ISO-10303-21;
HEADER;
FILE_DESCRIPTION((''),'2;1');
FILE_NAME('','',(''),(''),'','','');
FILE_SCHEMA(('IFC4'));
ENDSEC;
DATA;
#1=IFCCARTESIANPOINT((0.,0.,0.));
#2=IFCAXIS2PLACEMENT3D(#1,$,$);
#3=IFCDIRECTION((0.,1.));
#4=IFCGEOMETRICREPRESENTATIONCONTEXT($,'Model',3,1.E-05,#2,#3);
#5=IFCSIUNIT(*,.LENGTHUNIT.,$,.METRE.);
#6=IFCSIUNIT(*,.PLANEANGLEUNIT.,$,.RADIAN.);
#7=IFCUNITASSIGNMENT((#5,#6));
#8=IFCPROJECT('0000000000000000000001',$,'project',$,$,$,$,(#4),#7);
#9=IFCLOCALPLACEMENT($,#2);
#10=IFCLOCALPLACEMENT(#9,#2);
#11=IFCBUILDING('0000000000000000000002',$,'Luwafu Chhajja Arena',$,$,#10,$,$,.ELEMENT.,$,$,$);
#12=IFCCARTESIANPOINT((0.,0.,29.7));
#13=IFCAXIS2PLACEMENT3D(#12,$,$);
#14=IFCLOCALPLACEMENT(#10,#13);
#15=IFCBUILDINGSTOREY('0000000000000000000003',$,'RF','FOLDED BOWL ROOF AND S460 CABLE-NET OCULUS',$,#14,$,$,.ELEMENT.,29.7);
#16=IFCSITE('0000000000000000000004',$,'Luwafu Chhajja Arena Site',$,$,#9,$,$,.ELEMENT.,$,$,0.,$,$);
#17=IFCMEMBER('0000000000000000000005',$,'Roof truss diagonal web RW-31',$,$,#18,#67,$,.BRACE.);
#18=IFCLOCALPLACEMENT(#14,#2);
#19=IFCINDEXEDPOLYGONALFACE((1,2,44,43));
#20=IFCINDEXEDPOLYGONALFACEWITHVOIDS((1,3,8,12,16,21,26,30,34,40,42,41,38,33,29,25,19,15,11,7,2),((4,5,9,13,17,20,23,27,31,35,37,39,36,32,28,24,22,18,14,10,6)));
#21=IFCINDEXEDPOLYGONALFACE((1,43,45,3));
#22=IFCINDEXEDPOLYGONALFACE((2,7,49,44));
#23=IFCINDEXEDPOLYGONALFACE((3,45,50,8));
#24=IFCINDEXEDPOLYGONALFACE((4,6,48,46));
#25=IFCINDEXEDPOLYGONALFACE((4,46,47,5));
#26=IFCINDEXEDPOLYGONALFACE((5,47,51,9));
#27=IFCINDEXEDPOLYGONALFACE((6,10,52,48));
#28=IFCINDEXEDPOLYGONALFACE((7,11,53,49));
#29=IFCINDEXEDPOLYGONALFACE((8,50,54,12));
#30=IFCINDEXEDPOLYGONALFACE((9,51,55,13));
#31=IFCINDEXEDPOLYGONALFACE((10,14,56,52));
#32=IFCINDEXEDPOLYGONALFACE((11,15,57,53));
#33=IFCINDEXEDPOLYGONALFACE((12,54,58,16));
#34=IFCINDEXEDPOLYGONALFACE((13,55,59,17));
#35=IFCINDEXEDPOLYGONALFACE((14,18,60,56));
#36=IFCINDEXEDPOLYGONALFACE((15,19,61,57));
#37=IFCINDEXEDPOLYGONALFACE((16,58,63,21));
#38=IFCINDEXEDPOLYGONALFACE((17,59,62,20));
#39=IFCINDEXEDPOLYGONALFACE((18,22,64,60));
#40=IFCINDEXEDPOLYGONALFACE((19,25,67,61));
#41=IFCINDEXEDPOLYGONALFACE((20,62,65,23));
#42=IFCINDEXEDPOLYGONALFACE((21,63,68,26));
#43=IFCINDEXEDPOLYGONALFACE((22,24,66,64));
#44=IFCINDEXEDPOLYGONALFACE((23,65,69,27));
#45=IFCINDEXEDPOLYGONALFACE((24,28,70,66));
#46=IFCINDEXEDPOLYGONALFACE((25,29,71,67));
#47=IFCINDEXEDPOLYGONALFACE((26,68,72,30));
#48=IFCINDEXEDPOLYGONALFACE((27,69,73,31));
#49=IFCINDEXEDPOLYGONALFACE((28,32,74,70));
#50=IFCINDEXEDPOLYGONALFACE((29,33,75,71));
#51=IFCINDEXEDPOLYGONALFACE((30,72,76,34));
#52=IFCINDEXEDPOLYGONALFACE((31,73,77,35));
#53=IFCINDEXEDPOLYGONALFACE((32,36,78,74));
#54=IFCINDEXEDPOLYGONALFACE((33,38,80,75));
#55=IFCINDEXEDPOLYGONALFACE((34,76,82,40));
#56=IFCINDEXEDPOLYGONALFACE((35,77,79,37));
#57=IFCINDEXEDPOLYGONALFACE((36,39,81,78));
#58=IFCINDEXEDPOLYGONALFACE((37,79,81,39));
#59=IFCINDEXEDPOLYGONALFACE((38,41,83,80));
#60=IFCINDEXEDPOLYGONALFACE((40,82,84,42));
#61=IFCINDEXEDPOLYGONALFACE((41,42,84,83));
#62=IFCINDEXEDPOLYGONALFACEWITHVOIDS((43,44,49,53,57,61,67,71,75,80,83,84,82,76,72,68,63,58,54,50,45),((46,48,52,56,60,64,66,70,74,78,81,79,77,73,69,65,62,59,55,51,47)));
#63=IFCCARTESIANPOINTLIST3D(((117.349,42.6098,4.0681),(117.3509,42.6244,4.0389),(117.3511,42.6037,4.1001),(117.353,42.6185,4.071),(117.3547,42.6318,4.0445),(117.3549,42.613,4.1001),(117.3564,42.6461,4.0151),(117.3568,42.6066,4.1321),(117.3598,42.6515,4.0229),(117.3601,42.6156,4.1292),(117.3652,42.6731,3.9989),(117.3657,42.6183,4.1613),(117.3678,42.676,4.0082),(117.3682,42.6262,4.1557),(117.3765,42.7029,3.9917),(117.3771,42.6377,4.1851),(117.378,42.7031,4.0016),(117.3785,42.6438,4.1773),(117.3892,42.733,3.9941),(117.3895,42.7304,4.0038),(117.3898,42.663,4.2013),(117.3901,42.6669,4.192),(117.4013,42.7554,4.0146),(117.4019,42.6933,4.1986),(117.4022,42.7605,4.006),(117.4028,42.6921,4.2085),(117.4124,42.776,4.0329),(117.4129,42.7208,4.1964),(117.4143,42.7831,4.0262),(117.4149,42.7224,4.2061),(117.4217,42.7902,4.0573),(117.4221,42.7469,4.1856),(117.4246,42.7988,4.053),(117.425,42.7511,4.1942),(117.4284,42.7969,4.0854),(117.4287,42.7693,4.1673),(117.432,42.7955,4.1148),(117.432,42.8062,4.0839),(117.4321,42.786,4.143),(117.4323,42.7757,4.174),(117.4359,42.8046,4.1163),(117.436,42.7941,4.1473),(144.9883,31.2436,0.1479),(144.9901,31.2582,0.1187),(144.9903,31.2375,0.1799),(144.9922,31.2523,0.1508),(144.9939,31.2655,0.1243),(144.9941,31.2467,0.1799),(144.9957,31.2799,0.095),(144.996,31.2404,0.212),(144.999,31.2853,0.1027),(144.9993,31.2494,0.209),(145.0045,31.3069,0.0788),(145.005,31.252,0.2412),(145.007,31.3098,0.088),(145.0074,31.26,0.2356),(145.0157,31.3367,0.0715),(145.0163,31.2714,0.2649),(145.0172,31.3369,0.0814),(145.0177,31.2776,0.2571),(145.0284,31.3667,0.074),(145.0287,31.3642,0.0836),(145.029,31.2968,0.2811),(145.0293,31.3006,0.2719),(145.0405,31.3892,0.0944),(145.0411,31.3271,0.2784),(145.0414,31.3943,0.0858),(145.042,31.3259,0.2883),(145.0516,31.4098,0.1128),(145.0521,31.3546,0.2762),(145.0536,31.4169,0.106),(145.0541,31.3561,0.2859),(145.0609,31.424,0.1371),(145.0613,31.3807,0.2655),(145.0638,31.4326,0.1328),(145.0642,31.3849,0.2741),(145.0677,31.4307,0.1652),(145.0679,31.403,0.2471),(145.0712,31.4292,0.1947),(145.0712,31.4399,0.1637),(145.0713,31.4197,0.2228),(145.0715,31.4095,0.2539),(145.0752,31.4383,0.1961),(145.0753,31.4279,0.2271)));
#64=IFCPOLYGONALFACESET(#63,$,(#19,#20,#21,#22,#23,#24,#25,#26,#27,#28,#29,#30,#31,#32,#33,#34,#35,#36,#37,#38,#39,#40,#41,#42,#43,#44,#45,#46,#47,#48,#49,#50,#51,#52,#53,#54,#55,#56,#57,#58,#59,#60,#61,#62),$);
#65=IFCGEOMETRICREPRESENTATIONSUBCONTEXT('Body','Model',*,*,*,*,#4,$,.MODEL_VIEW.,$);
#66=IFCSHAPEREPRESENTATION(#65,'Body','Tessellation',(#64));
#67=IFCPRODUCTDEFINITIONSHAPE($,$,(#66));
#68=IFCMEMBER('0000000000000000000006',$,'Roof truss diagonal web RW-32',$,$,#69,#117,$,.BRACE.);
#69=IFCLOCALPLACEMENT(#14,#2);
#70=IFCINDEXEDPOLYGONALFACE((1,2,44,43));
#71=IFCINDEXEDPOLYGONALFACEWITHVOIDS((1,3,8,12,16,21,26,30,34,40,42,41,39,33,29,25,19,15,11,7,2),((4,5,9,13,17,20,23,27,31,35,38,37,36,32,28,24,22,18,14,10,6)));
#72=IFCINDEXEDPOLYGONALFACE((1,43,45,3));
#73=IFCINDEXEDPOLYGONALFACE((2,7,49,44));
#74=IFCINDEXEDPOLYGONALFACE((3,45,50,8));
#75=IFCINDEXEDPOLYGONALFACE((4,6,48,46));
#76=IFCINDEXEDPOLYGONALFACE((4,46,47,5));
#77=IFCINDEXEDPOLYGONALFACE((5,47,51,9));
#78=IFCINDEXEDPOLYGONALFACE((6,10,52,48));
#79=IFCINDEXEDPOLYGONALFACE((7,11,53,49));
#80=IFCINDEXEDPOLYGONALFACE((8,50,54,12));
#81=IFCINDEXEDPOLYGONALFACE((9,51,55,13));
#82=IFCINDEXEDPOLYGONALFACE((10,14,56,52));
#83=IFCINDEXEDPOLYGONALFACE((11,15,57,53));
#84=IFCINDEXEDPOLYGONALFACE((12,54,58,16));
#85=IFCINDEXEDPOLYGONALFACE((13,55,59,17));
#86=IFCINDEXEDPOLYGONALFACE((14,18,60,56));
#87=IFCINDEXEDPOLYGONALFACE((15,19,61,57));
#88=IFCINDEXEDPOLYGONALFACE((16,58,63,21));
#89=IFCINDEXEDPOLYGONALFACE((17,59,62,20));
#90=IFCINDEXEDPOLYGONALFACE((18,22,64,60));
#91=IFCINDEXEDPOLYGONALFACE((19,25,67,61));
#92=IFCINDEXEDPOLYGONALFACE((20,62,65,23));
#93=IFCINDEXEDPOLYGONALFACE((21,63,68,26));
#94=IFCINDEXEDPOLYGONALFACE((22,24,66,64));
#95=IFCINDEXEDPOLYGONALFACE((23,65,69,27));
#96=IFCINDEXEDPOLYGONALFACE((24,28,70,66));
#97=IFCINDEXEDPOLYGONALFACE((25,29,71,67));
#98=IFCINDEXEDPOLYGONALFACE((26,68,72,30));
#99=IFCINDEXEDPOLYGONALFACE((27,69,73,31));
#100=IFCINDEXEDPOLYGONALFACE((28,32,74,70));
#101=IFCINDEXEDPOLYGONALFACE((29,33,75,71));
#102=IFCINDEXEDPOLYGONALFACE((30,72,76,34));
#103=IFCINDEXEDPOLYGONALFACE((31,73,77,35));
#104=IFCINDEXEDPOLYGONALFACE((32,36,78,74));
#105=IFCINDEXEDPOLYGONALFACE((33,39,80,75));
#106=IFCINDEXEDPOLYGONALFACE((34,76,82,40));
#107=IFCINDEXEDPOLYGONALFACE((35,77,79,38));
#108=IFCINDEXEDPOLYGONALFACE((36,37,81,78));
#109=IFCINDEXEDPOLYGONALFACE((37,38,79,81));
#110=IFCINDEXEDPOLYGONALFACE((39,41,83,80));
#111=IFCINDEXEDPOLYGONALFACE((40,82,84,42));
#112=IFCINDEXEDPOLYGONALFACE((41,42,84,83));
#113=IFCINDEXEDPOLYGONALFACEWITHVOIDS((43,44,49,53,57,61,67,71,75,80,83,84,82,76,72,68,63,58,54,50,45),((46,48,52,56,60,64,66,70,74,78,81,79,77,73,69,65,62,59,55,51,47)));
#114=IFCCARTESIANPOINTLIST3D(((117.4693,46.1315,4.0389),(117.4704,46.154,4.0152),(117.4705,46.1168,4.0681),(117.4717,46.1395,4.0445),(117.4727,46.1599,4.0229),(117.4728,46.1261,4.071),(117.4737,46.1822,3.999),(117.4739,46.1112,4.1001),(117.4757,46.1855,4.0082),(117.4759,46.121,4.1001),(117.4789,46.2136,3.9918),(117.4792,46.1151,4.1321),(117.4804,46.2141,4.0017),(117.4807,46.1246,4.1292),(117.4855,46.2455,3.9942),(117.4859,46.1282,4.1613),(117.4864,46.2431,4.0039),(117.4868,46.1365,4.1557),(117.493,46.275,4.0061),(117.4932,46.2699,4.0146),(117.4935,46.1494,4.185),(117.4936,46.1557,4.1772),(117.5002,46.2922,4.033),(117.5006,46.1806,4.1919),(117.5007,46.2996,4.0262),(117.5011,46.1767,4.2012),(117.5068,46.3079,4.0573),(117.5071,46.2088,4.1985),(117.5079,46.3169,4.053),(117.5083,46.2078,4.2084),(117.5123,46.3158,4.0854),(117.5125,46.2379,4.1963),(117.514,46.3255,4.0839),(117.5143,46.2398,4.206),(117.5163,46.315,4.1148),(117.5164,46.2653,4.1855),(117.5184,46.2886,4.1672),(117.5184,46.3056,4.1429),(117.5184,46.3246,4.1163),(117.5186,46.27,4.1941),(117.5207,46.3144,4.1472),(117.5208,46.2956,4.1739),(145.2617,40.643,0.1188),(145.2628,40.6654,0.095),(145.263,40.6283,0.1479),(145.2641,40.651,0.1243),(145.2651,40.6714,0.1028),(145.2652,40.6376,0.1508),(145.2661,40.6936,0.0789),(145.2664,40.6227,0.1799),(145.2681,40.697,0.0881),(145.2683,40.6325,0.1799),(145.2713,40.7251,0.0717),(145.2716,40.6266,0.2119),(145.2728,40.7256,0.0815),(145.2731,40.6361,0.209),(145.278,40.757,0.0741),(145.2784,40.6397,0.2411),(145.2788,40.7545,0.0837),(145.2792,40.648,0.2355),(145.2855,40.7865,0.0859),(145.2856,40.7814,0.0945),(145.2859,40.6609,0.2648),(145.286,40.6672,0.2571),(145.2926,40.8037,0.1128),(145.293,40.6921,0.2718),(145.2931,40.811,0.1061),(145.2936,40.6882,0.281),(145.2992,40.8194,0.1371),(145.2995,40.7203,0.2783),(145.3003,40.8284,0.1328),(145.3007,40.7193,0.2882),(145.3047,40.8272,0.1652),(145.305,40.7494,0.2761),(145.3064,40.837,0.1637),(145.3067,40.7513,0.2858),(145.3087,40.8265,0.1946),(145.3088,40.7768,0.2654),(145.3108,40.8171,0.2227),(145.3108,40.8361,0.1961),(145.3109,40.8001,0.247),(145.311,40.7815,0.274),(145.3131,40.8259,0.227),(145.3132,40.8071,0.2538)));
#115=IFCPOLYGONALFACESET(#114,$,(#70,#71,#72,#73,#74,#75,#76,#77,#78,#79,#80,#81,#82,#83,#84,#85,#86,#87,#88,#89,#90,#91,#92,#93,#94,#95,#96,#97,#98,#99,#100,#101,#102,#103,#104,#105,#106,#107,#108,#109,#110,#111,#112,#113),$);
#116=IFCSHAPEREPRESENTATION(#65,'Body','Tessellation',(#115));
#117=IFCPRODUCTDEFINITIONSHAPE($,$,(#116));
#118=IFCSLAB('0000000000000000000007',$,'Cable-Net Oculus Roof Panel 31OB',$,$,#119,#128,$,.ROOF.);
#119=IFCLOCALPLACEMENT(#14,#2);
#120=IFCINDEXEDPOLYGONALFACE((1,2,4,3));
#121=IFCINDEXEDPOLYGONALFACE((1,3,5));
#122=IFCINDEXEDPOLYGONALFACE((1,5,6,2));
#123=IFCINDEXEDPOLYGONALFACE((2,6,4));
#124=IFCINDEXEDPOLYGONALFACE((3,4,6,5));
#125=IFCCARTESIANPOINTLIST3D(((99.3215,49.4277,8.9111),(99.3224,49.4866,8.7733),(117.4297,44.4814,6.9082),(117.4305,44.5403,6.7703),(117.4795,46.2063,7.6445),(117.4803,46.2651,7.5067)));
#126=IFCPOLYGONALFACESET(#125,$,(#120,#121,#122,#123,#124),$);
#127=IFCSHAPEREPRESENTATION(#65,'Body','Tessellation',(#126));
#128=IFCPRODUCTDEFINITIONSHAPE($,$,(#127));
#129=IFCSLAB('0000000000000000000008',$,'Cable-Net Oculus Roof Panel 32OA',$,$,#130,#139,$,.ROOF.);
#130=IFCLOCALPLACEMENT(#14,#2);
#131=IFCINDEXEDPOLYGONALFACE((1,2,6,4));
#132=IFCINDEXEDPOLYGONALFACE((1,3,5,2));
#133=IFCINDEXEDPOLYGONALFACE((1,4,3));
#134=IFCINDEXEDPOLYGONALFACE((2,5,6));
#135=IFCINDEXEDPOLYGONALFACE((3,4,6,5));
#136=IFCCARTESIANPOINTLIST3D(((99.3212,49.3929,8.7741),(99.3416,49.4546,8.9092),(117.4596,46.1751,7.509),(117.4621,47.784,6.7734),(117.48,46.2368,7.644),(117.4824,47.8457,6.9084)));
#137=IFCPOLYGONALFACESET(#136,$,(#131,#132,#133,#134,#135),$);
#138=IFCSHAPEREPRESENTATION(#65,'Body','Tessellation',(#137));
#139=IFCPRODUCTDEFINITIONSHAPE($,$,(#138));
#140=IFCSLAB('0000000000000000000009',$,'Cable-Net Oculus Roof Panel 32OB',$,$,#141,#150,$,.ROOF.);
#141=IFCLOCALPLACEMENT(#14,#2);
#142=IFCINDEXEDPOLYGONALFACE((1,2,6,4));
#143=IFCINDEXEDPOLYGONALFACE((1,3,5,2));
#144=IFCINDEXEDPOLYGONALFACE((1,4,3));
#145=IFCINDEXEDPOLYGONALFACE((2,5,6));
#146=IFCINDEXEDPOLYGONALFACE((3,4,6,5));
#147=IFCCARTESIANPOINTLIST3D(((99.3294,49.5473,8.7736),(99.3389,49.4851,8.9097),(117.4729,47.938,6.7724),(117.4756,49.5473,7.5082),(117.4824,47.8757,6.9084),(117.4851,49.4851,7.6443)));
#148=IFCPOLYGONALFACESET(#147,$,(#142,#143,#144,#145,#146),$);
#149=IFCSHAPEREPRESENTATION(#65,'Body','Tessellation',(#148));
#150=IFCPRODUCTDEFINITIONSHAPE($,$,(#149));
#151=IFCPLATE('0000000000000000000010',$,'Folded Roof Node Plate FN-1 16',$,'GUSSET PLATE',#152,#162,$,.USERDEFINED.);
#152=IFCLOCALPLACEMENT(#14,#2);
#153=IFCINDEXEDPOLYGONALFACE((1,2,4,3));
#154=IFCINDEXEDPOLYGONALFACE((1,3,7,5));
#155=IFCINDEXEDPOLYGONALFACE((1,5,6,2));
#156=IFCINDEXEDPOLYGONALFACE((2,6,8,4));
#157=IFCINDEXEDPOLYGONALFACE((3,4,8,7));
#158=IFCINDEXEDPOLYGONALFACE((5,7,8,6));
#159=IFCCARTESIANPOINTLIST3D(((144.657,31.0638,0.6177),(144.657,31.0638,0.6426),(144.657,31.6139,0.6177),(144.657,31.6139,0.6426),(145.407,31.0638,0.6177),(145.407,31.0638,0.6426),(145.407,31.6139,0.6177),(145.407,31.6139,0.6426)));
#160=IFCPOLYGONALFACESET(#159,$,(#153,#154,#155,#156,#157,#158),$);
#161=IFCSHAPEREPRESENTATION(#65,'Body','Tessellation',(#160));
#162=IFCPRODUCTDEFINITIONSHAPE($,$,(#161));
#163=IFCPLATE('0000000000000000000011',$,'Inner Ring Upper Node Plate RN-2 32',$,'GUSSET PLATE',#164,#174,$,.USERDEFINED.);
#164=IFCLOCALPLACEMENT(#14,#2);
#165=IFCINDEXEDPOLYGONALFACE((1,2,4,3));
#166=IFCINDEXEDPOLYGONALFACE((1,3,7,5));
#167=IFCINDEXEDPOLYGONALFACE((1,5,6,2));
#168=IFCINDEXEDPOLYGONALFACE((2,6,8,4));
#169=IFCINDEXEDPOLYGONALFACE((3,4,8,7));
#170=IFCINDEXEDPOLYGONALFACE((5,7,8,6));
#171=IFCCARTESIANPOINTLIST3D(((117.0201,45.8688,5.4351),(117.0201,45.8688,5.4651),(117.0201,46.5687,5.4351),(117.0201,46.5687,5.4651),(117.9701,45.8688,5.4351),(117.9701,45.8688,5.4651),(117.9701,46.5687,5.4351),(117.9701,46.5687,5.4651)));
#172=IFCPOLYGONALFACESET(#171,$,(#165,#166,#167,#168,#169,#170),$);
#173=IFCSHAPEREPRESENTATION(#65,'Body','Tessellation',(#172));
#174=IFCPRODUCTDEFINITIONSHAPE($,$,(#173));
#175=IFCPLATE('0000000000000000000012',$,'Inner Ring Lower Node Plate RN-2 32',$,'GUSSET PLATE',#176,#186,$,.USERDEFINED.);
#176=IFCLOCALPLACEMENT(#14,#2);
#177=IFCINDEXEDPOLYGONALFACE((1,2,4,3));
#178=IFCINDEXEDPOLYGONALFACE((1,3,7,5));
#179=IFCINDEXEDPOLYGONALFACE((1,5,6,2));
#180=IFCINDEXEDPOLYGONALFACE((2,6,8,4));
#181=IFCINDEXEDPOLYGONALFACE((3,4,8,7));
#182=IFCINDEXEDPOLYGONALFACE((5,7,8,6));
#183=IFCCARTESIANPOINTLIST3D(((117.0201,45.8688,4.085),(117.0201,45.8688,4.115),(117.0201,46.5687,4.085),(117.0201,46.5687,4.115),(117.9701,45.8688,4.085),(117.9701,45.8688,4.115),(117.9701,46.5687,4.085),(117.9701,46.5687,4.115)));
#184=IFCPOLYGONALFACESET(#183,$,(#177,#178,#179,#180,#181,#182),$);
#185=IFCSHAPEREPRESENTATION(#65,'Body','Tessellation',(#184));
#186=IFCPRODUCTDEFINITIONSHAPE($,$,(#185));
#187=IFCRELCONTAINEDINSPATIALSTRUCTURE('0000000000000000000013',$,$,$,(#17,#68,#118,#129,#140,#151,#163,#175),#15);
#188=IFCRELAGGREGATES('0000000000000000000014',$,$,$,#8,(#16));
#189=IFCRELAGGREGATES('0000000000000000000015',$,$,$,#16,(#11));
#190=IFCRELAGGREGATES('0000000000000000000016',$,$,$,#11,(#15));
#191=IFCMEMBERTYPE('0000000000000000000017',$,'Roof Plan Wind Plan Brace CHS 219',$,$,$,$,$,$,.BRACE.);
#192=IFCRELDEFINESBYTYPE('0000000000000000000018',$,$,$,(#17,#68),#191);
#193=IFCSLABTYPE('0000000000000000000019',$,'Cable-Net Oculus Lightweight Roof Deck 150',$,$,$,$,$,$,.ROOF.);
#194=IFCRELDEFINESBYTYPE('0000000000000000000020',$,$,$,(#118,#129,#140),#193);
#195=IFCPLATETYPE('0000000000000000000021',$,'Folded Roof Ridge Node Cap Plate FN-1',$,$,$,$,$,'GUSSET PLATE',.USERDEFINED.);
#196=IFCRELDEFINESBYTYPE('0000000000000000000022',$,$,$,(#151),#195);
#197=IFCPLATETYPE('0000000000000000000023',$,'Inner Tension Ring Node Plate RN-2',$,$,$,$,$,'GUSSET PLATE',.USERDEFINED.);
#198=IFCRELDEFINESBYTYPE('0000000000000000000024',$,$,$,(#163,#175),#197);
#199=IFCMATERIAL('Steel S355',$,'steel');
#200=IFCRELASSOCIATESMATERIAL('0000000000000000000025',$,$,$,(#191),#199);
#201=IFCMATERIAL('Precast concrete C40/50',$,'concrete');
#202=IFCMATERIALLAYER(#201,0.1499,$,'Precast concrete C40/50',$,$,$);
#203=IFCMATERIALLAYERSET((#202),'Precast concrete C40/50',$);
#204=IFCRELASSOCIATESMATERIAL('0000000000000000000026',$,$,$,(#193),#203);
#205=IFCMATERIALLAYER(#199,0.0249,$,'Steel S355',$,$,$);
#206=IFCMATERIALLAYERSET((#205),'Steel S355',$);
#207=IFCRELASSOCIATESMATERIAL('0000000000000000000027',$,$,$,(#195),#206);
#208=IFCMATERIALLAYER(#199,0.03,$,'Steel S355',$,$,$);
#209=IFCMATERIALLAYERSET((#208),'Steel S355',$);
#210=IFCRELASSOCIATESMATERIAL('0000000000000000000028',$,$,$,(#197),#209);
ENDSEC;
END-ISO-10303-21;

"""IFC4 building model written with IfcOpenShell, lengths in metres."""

from ifc_helpers import new_model, si_unit, direction, frame, origin, origin_2d, place, context, subcontext, project, spatial, polyline, rectangle, hollow_circle, outline, extrude, material, layer, layer_set, material_profile, profile_set, type_object, element, save


model = new_model("IFC4")

# Units and contexts
model_context = context("Model", 3, precision=1e-05, world=origin(), true_north=direction((0.0, 1.0)))
body_context = subcontext(model_context, "Body", "Model", "MODEL_VIEW")
ifc_project = project(units=[si_unit("LENGTHUNIT", "METRE"), si_unit("PLANEANGLEUNIT", "RADIAN")], contexts=[model_context])

# Site, building, storey
site_placement = place(None, origin())
site = spatial("IfcSite", under=ifc_project, at=site_placement, Name="Luwafu Chhajja Arena Site", CompositionType="ELEMENT", RefElevation=0.0)
building_placement = place(site_placement, origin())
building = spatial("IfcBuilding", under=site, at=building_placement, Name="Luwafu Chhajja Arena", CompositionType="ELEMENT")
storey_placement = place(building_placement, frame((0.0, 0.0, 29.7)))
storey = spatial("IfcBuildingStorey", under=building, at=storey_placement, Name="RF", Description="FOLDED BOWL ROOF AND S460 CABLE-NET OCULUS", CompositionType="ELEMENT", Elevation=29.7)

# Shared definitions
ifc_material_1 = material(Name="Steel S355", Category="steel")

# Members
ifc_material_profile_1 = material_profile(ifc_material_1, hollow_circle(Radius=0.1096, WallThickness=0.01, at=origin_2d()), Name="CHS 219.1x10")
ifc_profile_set_1 = profile_set([ifc_material_profile_1], Name="Steel S355")
member_type_1 = type_object("IfcMemberType", Name="Roof Plan Wind Plan Brace CHS 219", PredefinedType="BRACE", material=ifc_profile_set_1)
member_1_placement = place(storey_placement, frame((145.032, 31.3389, 0.1799), z_axis=(-0.916995, 0.377101, 0.130061), x_axis=(-0.380331, -0.92485, 0.0)))
element("IfcMember", 1, at=member_1_placement, inside=storey, type_object=member_type_1, Name="Roof truss diagonal web RW-31", PredefinedType="BRACE", context=body_context, shape_type="SweptSolid", body=[
    extrude(hollow_circle(Radius=0.1096, WallThickness=0.01, at=origin_2d()), origin(), (0.0, 0.0, 1.0), 30.1411),
])
member_2_placement = place(storey_placement, frame((145.2876, 40.7302, 0.1799), z_axis=(-0.971793, 0.191912, 0.137073), x_axis=(-0.193741, -0.981053, 0.0)))
element("IfcMember", 2, at=member_2_placement, inside=storey, type_object=member_type_1, Name="Roof truss diagonal web RW-32", PredefinedType="BRACE", context=body_context, shape_type="SweptSolid", body=[
    extrude(hollow_circle(Radius=0.1096, WallThickness=0.01, at=origin_2d()), origin(), (0.0, 0.0, 1.0), 28.5991),
])

# Slabs
ifc_material_2 = material(Name="Precast concrete C40/50", Category="concrete")
ifc_layer_1 = layer(ifc_material_2, 0.1499, Name="Precast concrete C40/50")
ifc_layer_set_1 = layer_set([ifc_layer_1], Name="Precast concrete C40/50")
slab_type_1 = type_object("IfcSlabType", Name="Cable-Net Oculus Lightweight Roof Deck 150", PredefinedType="ROOF", material=ifc_layer_set_1)
slab_1_placement = place(storey_placement, frame((117.4297, 44.4814, 6.9082), z_axis=(-0.005473, -0.392475, 0.919746), x_axis=(-0.959215, 0.262012, 0.106098)))
element("IfcSlab", 3, at=slab_1_placement, inside=storey, type_object=slab_type_1, Name="Cable-Net Oculus Roof Panel 31OB", PredefinedType="ROOF", context=body_context, shape_type="SweptSolid", body=[
    extrude(outline(polyline([(0.0, 0.0), (18.8781, 0.0), (0.4823, -1.8131), (0.0, 0.0)])), origin(), (0.0, 0.0, -1.0), 0.1499),
])
slab_2_placement = place(storey_placement, frame((117.48, 46.2368, 7.644), z_axis=(0.135901, 0.41178, 0.901093), x_axis=(-0.982313, 0.174263, 0.068515)))
element("IfcSlab", 4, at=slab_2_placement, inside=storey, type_object=slab_type_1, Name="Cable-Net Oculus Roof Panel 32OA", PredefinedType="ROOF", context=body_context, shape_type="SweptSolid", body=[
    extrude(outline(polyline([(0.0, 0.0), (18.465, 0.0), (0.2276, -1.7544), (0.0, 0.0)])), origin(), (0.0, 0.0, -1.0), 0.1499),
])
slab_3_placement = place(storey_placement, frame((117.4824, 47.8757, 6.9084), z_axis=(0.063288, -0.415072, 0.907585), x_axis=(-0.990131, 0.087827, 0.109211)))
element("IfcSlab", 5, at=slab_3_placement, inside=storey, type_object=slab_type_1, Name="Cable-Net Oculus Roof Panel 32OB", PredefinedType="ROOF", context=body_context, shape_type="SweptSolid", body=[
    extrude(outline(polyline([(0.0, 0.0), (18.3244, 0.0), (0.219, -1.756), (0.0, 0.0)])), origin(), (0.0, 0.0, -1.0), 0.1499),
])

# Plates
ifc_layer_2 = layer(ifc_material_1, 0.0249, Name="Steel S355")
ifc_layer_set_2 = layer_set([ifc_layer_2], Name="Steel S355")
plate_type_1 = type_object("IfcPlateType", Name="Folded Roof Ridge Node Cap Plate FN-1", ElementType="GUSSET PLATE", PredefinedType="USERDEFINED", material=ifc_layer_set_2)
plate_placement = place(storey_placement, frame((145.032, 31.3389, 0.6177), z_axis=(0.0, 0.0, 1.0), x_axis=(1.0, 0.0, 0.0)))
element("IfcPlate", 6, at=plate_placement, inside=storey, type_object=plate_type_1, Name="Folded Roof Node Plate FN-1 16", ObjectType="GUSSET PLATE", PredefinedType="USERDEFINED", context=body_context, shape_type="SweptSolid", body=[
    extrude(rectangle(XDim=0.75, YDim=0.55, at=origin_2d()), origin(), (0.0, 0.0, 1.0), 0.0249),
])
ifc_layer_3 = layer(ifc_material_1, 0.03, Name="Steel S355")
ifc_layer_set_3 = layer_set([ifc_layer_3], Name="Steel S355")
plate_type_2 = type_object("IfcPlateType", Name="Inner Tension Ring Node Plate RN-2", ElementType="GUSSET PLATE", PredefinedType="USERDEFINED", material=ifc_layer_set_3)
for number, where, z_axis, x_axis, name in (
    (7, (117.4951, 46.2188, 5.4351), (0.0, 0.0, 1.0), (1.0, 0.0, 0.0), "Inner Ring Upper Node Plate RN-2 32"),
    (8, (117.4951, 46.2188, 4.085), (0.0, 0.0, 1.0), (1.0, 0.0, 0.0), "Inner Ring Lower Node Plate RN-2 32"),
):
    element("IfcPlate", number, at=place(storey_placement, frame(where, z_axis=z_axis, x_axis=x_axis)), inside=storey, type_object=plate_type_2, Name=name, ObjectType="GUSSET PLATE", PredefinedType="USERDEFINED", context=body_context, shape_type="SweptSolid", body=[
        extrude(rectangle(XDim=0.95, YDim=0.7, at=origin_2d()), origin(), (0.0, 0.0, 1.0), 0.03),
    ])

save(model, "model.ifc")
